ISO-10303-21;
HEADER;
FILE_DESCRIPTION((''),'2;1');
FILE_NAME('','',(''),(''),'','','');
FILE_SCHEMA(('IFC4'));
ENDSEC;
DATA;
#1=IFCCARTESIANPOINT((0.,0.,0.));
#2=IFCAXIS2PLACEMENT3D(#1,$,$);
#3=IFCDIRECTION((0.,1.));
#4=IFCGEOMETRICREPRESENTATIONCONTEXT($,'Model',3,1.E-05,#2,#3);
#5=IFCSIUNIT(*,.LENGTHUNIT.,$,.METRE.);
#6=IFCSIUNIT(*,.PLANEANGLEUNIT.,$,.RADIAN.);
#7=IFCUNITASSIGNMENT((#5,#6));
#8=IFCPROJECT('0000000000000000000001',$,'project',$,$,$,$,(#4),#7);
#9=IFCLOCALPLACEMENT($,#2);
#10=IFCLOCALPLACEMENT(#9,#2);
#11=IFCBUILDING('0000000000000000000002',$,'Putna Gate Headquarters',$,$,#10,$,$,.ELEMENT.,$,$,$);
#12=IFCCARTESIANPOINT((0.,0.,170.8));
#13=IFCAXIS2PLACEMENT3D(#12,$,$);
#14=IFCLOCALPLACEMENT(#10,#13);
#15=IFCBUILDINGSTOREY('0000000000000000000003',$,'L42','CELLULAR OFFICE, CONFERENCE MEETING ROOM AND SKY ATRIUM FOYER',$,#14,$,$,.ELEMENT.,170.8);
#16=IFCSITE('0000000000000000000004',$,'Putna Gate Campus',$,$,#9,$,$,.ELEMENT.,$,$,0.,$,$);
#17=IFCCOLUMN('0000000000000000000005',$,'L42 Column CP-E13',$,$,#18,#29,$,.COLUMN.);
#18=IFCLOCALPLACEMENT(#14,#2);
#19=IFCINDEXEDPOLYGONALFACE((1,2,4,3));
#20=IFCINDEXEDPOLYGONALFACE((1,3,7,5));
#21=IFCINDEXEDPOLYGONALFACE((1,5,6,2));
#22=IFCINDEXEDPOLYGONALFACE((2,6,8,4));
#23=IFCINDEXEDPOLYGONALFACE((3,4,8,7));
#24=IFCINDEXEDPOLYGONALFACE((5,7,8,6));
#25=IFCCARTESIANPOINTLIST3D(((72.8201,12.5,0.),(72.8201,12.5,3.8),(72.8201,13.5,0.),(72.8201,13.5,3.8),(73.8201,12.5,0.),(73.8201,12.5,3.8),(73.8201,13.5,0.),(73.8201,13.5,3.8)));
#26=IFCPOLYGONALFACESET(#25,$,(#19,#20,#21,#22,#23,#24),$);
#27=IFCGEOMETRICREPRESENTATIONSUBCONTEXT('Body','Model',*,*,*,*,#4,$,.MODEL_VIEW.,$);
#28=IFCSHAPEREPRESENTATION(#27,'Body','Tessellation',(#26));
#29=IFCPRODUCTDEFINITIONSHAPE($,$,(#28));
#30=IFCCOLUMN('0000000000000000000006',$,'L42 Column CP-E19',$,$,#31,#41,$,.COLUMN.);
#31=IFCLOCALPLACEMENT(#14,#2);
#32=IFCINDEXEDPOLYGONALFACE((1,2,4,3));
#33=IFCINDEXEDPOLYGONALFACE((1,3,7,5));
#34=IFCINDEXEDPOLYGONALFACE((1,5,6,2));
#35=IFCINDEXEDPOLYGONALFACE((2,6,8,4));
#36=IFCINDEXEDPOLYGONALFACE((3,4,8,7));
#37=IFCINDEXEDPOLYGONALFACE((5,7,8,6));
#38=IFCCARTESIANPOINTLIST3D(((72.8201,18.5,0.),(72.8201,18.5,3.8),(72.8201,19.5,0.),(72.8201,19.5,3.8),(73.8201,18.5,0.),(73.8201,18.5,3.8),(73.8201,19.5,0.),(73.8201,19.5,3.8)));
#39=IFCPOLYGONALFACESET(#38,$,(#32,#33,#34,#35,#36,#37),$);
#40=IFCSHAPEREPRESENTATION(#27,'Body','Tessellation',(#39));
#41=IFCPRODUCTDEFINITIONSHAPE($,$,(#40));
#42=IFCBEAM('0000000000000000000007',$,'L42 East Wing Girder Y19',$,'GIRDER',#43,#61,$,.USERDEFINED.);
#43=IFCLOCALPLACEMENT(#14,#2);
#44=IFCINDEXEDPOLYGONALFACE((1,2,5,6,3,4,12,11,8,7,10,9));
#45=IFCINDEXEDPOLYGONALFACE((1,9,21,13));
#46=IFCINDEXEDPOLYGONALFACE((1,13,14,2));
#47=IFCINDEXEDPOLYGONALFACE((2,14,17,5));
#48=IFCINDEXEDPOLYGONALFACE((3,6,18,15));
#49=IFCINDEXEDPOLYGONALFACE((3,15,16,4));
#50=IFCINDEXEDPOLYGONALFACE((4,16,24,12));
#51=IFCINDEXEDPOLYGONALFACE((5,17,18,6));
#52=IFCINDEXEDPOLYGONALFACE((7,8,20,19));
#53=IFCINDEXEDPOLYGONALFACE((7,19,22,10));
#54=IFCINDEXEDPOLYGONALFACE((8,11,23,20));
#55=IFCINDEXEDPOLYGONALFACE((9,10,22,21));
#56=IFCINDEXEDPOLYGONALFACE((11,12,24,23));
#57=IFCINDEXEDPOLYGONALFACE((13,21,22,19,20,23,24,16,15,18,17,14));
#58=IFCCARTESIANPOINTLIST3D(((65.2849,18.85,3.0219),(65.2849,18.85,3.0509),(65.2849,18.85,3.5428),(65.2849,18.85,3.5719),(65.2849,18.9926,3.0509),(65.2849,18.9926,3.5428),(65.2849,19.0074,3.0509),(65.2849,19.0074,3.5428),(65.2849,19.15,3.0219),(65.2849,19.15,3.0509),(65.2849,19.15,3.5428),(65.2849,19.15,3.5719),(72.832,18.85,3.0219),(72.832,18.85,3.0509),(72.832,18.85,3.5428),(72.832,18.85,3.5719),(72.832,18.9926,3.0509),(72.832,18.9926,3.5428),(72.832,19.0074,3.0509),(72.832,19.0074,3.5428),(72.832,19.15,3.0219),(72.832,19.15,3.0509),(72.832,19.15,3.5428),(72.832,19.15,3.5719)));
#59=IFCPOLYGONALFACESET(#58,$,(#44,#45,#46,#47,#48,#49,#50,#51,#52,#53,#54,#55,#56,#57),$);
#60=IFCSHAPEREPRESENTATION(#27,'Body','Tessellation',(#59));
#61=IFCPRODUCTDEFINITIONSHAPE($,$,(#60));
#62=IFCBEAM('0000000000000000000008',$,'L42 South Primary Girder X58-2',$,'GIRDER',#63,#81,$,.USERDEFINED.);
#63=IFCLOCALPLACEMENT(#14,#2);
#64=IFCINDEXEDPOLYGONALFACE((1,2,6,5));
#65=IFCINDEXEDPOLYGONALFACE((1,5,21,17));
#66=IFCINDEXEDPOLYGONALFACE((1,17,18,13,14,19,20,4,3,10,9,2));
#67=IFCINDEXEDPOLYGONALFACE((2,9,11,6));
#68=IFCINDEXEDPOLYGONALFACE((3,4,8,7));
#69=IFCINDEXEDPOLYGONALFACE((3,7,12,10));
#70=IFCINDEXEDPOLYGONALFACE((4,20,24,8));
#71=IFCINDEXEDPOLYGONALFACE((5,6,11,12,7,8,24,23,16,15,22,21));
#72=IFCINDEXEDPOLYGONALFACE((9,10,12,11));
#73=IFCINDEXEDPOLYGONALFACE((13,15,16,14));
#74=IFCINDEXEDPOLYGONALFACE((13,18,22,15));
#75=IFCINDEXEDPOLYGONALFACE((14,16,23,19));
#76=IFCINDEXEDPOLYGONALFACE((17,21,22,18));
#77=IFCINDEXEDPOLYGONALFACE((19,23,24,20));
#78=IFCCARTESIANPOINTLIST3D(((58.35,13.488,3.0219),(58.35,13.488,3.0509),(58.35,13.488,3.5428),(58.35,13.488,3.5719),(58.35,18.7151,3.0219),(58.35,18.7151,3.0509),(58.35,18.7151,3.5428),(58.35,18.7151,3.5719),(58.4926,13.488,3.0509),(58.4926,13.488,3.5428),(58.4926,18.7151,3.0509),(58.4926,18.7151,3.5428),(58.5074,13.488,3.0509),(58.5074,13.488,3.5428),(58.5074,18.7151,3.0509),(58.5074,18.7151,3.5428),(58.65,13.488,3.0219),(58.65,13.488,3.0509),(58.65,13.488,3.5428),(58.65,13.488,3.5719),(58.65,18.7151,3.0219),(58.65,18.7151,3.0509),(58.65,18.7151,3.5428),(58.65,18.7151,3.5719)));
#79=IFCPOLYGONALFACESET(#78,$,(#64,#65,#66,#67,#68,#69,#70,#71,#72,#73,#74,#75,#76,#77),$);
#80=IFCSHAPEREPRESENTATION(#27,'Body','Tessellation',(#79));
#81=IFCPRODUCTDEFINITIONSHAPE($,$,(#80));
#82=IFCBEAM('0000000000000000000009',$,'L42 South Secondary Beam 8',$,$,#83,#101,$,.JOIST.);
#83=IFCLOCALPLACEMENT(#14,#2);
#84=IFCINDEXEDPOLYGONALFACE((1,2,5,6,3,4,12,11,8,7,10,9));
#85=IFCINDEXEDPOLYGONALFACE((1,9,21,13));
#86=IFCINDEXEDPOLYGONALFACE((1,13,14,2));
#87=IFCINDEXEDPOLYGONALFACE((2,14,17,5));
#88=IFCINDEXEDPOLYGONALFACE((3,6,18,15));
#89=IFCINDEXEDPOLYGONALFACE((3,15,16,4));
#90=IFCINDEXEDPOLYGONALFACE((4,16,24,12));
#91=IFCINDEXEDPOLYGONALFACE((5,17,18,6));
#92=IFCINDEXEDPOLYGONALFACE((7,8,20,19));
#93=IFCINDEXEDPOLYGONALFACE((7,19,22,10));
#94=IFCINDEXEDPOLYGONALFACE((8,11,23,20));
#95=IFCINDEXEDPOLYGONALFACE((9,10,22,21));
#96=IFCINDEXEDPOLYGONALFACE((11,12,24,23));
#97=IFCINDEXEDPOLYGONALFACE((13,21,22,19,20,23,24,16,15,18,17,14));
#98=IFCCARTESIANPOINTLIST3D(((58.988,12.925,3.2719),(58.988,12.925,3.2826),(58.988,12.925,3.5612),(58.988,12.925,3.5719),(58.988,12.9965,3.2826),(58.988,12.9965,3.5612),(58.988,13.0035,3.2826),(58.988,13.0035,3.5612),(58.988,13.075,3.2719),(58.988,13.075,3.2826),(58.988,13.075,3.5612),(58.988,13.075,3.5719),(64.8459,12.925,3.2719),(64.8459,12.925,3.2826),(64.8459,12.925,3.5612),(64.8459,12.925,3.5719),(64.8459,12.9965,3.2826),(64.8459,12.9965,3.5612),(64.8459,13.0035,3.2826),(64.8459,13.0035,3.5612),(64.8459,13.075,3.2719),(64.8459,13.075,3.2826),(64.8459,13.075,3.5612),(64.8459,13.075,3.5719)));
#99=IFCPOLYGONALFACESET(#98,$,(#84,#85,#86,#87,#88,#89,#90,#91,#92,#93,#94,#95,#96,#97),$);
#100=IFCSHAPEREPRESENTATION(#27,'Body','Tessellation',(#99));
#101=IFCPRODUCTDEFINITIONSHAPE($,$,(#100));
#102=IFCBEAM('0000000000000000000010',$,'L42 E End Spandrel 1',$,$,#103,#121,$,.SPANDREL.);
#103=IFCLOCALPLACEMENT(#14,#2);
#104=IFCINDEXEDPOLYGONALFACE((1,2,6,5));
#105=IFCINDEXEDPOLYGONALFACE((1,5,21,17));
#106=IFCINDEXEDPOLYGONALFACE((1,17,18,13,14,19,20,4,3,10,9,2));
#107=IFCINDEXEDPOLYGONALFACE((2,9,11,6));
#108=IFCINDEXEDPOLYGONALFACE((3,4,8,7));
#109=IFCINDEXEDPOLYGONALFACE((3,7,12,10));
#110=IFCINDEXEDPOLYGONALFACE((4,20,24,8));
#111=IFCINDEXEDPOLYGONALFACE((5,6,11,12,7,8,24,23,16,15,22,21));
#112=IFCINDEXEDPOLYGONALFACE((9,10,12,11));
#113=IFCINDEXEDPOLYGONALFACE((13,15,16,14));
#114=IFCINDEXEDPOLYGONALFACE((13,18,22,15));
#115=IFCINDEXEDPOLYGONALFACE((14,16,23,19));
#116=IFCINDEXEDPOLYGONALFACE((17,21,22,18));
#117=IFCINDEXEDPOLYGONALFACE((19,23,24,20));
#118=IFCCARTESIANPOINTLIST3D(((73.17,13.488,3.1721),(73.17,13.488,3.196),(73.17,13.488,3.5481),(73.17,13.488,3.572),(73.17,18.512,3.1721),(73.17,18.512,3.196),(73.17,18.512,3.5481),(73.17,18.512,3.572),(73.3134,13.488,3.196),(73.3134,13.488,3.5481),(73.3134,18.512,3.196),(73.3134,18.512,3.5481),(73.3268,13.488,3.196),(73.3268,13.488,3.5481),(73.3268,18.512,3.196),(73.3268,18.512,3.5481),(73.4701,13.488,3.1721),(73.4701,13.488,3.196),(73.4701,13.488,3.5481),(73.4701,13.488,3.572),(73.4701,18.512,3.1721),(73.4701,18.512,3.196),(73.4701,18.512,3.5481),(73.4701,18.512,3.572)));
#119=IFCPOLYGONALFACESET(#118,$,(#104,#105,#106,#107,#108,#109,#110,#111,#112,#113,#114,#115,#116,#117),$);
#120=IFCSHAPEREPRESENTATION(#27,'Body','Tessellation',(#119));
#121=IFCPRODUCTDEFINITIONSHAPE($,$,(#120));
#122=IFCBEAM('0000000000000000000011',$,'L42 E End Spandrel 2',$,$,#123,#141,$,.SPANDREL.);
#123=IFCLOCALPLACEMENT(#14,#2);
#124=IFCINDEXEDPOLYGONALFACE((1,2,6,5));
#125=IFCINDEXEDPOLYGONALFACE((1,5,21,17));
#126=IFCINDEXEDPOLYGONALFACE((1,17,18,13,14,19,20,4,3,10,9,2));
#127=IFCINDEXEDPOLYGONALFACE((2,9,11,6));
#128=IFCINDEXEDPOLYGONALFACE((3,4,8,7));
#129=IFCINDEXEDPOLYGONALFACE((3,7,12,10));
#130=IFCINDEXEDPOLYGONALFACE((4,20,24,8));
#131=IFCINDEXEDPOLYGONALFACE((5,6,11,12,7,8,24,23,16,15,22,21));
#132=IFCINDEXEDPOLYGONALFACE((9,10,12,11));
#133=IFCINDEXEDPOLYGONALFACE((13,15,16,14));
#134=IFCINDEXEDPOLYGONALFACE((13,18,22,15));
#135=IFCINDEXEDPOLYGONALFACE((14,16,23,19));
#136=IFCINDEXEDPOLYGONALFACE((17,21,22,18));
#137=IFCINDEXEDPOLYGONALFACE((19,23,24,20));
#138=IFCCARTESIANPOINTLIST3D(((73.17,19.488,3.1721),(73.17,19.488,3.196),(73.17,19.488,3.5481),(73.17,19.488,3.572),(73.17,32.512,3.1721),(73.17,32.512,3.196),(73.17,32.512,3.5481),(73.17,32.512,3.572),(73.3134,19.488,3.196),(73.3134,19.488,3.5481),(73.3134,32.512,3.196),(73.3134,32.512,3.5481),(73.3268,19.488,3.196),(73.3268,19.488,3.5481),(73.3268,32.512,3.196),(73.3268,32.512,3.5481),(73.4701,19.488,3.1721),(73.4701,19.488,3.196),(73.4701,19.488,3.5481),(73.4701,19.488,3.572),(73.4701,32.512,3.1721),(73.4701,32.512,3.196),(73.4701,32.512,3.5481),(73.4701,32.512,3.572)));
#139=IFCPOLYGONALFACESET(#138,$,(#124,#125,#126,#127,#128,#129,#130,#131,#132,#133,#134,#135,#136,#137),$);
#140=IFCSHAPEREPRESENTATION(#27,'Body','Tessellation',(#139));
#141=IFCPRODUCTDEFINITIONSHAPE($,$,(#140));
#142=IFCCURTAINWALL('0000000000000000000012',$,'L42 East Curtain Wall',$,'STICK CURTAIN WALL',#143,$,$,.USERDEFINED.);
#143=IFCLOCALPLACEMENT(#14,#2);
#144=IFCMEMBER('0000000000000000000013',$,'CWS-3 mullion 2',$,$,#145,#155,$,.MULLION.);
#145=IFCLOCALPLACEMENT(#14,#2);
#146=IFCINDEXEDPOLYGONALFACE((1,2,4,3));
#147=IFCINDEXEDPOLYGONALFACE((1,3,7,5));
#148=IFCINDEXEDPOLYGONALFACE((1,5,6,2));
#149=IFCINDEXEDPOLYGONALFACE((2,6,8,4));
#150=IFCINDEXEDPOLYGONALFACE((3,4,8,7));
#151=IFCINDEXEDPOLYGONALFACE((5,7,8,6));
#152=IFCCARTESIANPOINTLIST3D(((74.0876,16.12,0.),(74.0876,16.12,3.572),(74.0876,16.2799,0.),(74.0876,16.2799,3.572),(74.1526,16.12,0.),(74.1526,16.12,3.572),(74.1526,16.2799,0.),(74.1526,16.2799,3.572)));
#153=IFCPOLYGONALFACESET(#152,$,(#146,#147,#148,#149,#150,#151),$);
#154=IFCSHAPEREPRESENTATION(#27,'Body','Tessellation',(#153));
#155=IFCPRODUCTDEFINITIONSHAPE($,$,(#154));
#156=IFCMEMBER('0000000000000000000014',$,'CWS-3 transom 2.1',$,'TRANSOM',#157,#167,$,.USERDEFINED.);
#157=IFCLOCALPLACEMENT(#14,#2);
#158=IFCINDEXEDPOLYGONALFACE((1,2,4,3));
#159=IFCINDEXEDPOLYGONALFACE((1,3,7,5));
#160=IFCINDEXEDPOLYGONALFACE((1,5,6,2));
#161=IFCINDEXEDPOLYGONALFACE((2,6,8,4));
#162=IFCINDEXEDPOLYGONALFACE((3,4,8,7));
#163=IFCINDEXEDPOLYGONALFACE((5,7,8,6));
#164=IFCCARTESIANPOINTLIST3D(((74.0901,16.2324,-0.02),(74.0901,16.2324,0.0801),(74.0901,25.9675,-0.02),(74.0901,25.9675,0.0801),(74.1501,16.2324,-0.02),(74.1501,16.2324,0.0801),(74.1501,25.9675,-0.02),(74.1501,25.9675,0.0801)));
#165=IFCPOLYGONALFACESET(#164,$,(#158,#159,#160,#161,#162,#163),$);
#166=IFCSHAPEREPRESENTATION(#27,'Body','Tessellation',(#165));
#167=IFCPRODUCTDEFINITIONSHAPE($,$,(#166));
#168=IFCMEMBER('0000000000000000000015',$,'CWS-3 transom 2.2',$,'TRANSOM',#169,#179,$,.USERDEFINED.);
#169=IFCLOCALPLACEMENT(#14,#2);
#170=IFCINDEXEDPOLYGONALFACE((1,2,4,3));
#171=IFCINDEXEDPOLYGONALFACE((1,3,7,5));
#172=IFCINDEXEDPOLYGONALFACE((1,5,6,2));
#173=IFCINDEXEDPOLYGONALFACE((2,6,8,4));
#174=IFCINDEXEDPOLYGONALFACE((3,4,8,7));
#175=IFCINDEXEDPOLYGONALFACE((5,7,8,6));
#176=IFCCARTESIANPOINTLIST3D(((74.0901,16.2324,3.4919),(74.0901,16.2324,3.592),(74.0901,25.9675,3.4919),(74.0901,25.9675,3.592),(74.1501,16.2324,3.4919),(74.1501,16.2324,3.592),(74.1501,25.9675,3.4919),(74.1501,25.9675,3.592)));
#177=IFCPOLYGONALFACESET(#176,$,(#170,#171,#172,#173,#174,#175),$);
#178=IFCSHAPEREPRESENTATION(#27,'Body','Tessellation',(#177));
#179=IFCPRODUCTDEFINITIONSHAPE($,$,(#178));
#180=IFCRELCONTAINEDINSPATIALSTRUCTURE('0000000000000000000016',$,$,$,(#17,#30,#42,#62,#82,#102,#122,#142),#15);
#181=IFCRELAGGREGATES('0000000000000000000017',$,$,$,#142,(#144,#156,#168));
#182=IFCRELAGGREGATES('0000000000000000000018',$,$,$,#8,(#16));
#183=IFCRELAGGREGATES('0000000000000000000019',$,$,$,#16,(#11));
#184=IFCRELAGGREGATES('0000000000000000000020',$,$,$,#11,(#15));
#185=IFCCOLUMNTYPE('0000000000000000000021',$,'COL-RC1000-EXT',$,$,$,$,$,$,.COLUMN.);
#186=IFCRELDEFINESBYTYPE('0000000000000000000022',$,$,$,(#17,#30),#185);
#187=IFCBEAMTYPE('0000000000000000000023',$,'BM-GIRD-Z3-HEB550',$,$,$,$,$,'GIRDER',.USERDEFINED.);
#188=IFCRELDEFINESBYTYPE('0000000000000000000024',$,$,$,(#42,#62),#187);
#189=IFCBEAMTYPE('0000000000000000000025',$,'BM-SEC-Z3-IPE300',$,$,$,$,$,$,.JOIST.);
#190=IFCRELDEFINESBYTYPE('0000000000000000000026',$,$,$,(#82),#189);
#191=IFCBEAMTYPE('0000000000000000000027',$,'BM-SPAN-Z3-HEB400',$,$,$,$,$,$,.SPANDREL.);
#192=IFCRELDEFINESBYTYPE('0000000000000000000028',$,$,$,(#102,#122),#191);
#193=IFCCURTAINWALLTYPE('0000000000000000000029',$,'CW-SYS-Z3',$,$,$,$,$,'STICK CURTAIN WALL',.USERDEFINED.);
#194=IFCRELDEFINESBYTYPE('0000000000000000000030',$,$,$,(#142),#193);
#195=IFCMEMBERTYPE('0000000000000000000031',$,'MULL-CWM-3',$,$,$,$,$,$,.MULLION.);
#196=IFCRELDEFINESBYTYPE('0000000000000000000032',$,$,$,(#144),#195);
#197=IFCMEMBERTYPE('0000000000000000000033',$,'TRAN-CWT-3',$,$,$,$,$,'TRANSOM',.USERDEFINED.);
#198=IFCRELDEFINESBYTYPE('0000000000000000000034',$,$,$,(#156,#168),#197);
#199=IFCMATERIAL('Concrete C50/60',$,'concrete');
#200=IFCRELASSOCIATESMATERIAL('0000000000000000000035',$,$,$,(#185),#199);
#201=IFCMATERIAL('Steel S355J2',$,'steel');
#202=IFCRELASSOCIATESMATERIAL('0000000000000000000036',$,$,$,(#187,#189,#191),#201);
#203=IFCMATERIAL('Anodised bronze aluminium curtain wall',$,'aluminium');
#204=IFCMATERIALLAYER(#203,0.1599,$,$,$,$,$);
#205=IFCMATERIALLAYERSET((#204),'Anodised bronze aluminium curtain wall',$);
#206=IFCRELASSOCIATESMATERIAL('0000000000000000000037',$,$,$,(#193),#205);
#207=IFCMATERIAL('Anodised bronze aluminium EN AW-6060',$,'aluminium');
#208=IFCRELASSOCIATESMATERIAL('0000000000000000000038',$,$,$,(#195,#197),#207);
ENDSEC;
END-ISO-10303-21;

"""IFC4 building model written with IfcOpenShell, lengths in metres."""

from ifc_helpers import new_model, si_unit, direction, frame, origin, origin_2d, place, context, subcontext, project, spatial, rectangle, i_section, extrude, material, layer, layer_set, material_profile, profile_set, type_object, element, aggregate, save


model = new_model("IFC4")

# Units and contexts
model_context = context("Model", 3, precision=1e-05, world=origin(), true_north=direction((0.0, 1.0)))
body_context = subcontext(model_context, "Body", "Model", "MODEL_VIEW")
ifc_project = project(units=[si_unit("LENGTHUNIT", "METRE"), si_unit("PLANEANGLEUNIT", "RADIAN")], contexts=[model_context])

# Site, building, storey
site_placement = place(None, origin())
site = spatial("IfcSite", under=ifc_project, at=site_placement, Name="Putna Gate Campus", CompositionType="ELEMENT", RefElevation=0.0)
building_placement = place(site_placement, origin())
building = spatial("IfcBuilding", under=site, at=building_placement, Name="Putna Gate Headquarters", CompositionType="ELEMENT")
storey_placement = place(building_placement, frame((0.0, 0.0, 170.8)))
storey = spatial("IfcBuildingStorey", under=building, at=storey_placement, Name="L42", Description="CELLULAR OFFICE, CONFERENCE MEETING ROOM AND SKY ATRIUM FOYER", CompositionType="ELEMENT", Elevation=170.8)

# Columns
ifc_material_1 = material(Name="Concrete C50/60", Category="concrete")
ifc_material_profile_1 = material_profile(ifc_material_1, rectangle(XDim=1.0, YDim=1.0, at=origin_2d()), Name="Concrete C50/60")
ifc_profile_set_1 = profile_set([ifc_material_profile_1], Name="Concrete C50/60")
column_type = type_object("IfcColumnType", Name="COL-RC1000-EXT", PredefinedType="COLUMN", material=ifc_profile_set_1)
for number, where, z_axis, x_axis, name in (
    (1, (73.3201, 13.0, 0.0), (0.0, 0.0, 1.0), (1.0, 0.0, 0.0), "L42 Column CP-E13"),
    (2, (73.3201, 19.0, 0.0), (0.0, 0.0, 1.0), (1.0, 0.0, 0.0), "L42 Column CP-E19"),
):
    element("IfcColumn", number, at=place(storey_placement, frame(where, z_axis=z_axis, x_axis=x_axis)), inside=storey, type_object=column_type, Name=name, PredefinedType="COLUMN", context=body_context, shape_type="SweptSolid", body=[
        extrude(rectangle(XDim=1.0, YDim=1.0, at=origin_2d()), origin(), (0.0, 0.0, 1.0), 3.8),
    ])

# Beams
ifc_material_2 = material(Name="Steel S355J2", Category="steel")
ifc_material_profile_2 = material_profile(ifc_material_2, i_section(OverallWidth=0.3, OverallDepth=0.55, WebThickness=0.0149, FlangeThickness=0.0291, at=origin_2d()), Name="Steel S355J2")
ifc_profile_set_2 = profile_set([ifc_material_profile_2], Name="Steel S355J2")
beam_type_1 = type_object("IfcBeamType", Name="BM-GIRD-Z3-HEB550", ElementType="GIRDER", PredefinedType="USERDEFINED", material=ifc_profile_set_2)
beam_1_placement = place(storey_placement, frame((65.2849, 19.0, 3.2969), z_axis=(1.0, 0.0, 0.0), x_axis=(0.0, 1.0, 0.0)))
element("IfcBeam", 3, at=beam_1_placement, inside=storey, type_object=beam_type_1, Name="L42 East Wing Girder Y19", ObjectType="GIRDER", PredefinedType="USERDEFINED", context=body_context, shape_type="SweptSolid", body=[
    extrude(i_section(OverallWidth=0.3, OverallDepth=0.55, WebThickness=0.0149, FlangeThickness=0.0291, at=origin_2d()), origin(), (0.0, 0.0, 1.0), 7.5471),
])
beam_2_placement = place(storey_placement, frame((58.5, 13.488, 3.2969), z_axis=(0.0, 1.0, 0.0), x_axis=(-1.0, 0.0, 0.0)))
element("IfcBeam", 4, at=beam_2_placement, inside=storey, type_object=beam_type_1, Name="L42 South Primary Girder X58-2", ObjectType="GIRDER", PredefinedType="USERDEFINED", context=body_context, shape_type="SweptSolid", body=[
    extrude(i_section(OverallWidth=0.3, OverallDepth=0.55, WebThickness=0.0149, FlangeThickness=0.0291, at=origin_2d()), origin(), (0.0, 0.0, 1.0), 5.2271),
])
ifc_material_profile_3 = material_profile(ifc_material_2, i_section(OverallWidth=0.1499, OverallDepth=0.3, WebThickness=0.0071, FlangeThickness=0.0107, at=origin_2d()), Name="Steel S355J2")
ifc_profile_set_3 = profile_set([ifc_material_profile_3], Name="Steel S355J2")
beam_type_2 = type_object("IfcBeamType", Name="BM-SEC-Z3-IPE300", PredefinedType="JOIST", material=ifc_profile_set_3)
beam_3_placement = place(storey_placement, frame((58.988, 13.0, 3.4219), z_axis=(1.0, 0.0, 0.0), x_axis=(0.0, 1.0, 0.0)))
element("IfcBeam", 5, at=beam_3_placement, inside=storey, type_object=beam_type_2, Name="L42 South Secondary Beam 8", PredefinedType="JOIST", context=body_context, shape_type="SweptSolid", body=[
    extrude(i_section(OverallWidth=0.1499, OverallDepth=0.3, WebThickness=0.0071, FlangeThickness=0.0107, at=origin_2d()), origin(), (0.0, 0.0, 1.0), 5.8579),
])
ifc_material_profile_4 = material_profile(ifc_material_2, i_section(OverallWidth=0.3, OverallDepth=0.3999, WebThickness=0.0134, FlangeThickness=0.0239, at=origin_2d()), Name="Steel S355J2")
ifc_profile_set_4 = profile_set([ifc_material_profile_4], Name="Steel S355J2")
beam_type_3 = type_object("IfcBeamType", Name="BM-SPAN-Z3-HEB400", PredefinedType="SPANDREL", material=ifc_profile_set_4)
beam_4_placement = place(storey_placement, frame((73.3201, 13.488, 3.3721), z_axis=(0.0, 1.0, 0.0), x_axis=(-1.0, 0.0, 0.0)))
element("IfcBeam", 6, at=beam_4_placement, inside=storey, type_object=beam_type_3, Name="L42 E End Spandrel 1", PredefinedType="SPANDREL", context=body_context, shape_type="SweptSolid", body=[
    extrude(i_section(OverallWidth=0.3, OverallDepth=0.3999, WebThickness=0.0134, FlangeThickness=0.0239, at=origin_2d()), origin(), (0.0, 0.0, 1.0), 5.0239),
])
beam_5_placement = place(storey_placement, frame((73.3201, 19.488, 3.3721), z_axis=(0.0, 1.0, 0.0), x_axis=(-1.0, 0.0, 0.0)))
element("IfcBeam", 7, at=beam_5_placement, inside=storey, type_object=beam_type_3, Name="L42 E End Spandrel 2", PredefinedType="SPANDREL", context=body_context, shape_type="SweptSolid", body=[
    extrude(i_section(OverallWidth=0.3, OverallDepth=0.3999, WebThickness=0.0134, FlangeThickness=0.0239, at=origin_2d()), origin(), (0.0, 0.0, 1.0), 13.0239),
])

# Curtain wall, members
ifc_material_3 = material(Name="Anodised bronze aluminium curtain wall", Category="aluminium")
ifc_layer_1 = layer(ifc_material_3, 0.1599)
ifc_layer_set_1 = layer_set([ifc_layer_1], Name="Anodised bronze aluminium curtain wall")
curtain_wall_type = type_object("IfcCurtainWallType", Name="CW-SYS-Z3", ElementType="STICK CURTAIN WALL", PredefinedType="USERDEFINED", material=ifc_layer_set_1)
curtain_wall_placement = place(storey_placement, origin())
curtain_wall = element("IfcCurtainWall", 8, at=curtain_wall_placement, inside=storey, type_object=curtain_wall_type, Name="L42 East Curtain Wall", ObjectType="STICK CURTAIN WALL", PredefinedType="USERDEFINED")
ifc_material_4 = material(Name="Anodised bronze aluminium EN AW-6060", Category="aluminium")
ifc_material_profile_5 = material_profile(ifc_material_4, rectangle(XDim=0.0649, YDim=0.1599, at=origin_2d()), Name="Anodised bronze aluminium EN AW-6060")
ifc_profile_set_5 = profile_set([ifc_material_profile_5], Name="Anodised bronze aluminium EN AW-6060")
member_type_1 = type_object("IfcMemberType", Name="MULL-CWM-3", PredefinedType="MULLION", material=ifc_profile_set_5)
member_1_placement = place(storey_placement, frame((74.1201, 16.2, 0.0), z_axis=(0.0, 0.0, 1.0), x_axis=(-1.0, 0.0, 0.0)))
member_1 = element("IfcMember", 9, at=member_1_placement, type_object=member_type_1, Name="CWS-3 mullion 2", PredefinedType="MULLION", context=body_context, shape_type="SweptSolid", body=[
    extrude(rectangle(XDim=0.0649, YDim=0.1599, at=origin_2d()), origin(), (0.0, 0.0, 1.0), 3.572),
])
ifc_material_profile_6 = material_profile(ifc_material_4, rectangle(XDim=0.0601, YDim=0.1001, at=origin_2d()), Name="Anodised bronze aluminium EN AW-6060")
ifc_profile_set_6 = profile_set([ifc_material_profile_6], Name="Anodised bronze aluminium EN AW-6060")
member_type_2 = type_object("IfcMemberType", Name="TRAN-CWT-3", ElementType="TRANSOM", PredefinedType="USERDEFINED", material=ifc_profile_set_6)
member_2_placement = place(storey_placement, frame((74.1201, 16.2324, 0.03), z_axis=(0.0, 1.0, 0.0), x_axis=(-1.0, 0.0, 0.0)))
member_2 = element("IfcMember", 10, at=member_2_placement, type_object=member_type_2, Name="CWS-3 transom 2.1", ObjectType="TRANSOM", PredefinedType="USERDEFINED", context=body_context, shape_type="SweptSolid", body=[
    extrude(rectangle(XDim=0.0601, YDim=0.1001, at=origin_2d()), origin(), (0.0, 0.0, 1.0), 9.7351),
])
member_3_placement = place(storey_placement, frame((74.1201, 16.2324, 3.542), z_axis=(0.0, 1.0, 0.0), x_axis=(-1.0, 0.0, 0.0)))
member_3 = element("IfcMember", 11, at=member_3_placement, type_object=member_type_2, Name="CWS-3 transom 2.2", ObjectType="TRANSOM", PredefinedType="USERDEFINED", context=body_context, shape_type="SweptSolid", body=[
    extrude(rectangle(XDim=0.0601, YDim=0.1001, at=origin_2d()), origin(), (0.0, 0.0, 1.0), 9.7351),
])
aggregate(curtain_wall, [member_1, member_2, member_3])

save(model, "model.ifc")
